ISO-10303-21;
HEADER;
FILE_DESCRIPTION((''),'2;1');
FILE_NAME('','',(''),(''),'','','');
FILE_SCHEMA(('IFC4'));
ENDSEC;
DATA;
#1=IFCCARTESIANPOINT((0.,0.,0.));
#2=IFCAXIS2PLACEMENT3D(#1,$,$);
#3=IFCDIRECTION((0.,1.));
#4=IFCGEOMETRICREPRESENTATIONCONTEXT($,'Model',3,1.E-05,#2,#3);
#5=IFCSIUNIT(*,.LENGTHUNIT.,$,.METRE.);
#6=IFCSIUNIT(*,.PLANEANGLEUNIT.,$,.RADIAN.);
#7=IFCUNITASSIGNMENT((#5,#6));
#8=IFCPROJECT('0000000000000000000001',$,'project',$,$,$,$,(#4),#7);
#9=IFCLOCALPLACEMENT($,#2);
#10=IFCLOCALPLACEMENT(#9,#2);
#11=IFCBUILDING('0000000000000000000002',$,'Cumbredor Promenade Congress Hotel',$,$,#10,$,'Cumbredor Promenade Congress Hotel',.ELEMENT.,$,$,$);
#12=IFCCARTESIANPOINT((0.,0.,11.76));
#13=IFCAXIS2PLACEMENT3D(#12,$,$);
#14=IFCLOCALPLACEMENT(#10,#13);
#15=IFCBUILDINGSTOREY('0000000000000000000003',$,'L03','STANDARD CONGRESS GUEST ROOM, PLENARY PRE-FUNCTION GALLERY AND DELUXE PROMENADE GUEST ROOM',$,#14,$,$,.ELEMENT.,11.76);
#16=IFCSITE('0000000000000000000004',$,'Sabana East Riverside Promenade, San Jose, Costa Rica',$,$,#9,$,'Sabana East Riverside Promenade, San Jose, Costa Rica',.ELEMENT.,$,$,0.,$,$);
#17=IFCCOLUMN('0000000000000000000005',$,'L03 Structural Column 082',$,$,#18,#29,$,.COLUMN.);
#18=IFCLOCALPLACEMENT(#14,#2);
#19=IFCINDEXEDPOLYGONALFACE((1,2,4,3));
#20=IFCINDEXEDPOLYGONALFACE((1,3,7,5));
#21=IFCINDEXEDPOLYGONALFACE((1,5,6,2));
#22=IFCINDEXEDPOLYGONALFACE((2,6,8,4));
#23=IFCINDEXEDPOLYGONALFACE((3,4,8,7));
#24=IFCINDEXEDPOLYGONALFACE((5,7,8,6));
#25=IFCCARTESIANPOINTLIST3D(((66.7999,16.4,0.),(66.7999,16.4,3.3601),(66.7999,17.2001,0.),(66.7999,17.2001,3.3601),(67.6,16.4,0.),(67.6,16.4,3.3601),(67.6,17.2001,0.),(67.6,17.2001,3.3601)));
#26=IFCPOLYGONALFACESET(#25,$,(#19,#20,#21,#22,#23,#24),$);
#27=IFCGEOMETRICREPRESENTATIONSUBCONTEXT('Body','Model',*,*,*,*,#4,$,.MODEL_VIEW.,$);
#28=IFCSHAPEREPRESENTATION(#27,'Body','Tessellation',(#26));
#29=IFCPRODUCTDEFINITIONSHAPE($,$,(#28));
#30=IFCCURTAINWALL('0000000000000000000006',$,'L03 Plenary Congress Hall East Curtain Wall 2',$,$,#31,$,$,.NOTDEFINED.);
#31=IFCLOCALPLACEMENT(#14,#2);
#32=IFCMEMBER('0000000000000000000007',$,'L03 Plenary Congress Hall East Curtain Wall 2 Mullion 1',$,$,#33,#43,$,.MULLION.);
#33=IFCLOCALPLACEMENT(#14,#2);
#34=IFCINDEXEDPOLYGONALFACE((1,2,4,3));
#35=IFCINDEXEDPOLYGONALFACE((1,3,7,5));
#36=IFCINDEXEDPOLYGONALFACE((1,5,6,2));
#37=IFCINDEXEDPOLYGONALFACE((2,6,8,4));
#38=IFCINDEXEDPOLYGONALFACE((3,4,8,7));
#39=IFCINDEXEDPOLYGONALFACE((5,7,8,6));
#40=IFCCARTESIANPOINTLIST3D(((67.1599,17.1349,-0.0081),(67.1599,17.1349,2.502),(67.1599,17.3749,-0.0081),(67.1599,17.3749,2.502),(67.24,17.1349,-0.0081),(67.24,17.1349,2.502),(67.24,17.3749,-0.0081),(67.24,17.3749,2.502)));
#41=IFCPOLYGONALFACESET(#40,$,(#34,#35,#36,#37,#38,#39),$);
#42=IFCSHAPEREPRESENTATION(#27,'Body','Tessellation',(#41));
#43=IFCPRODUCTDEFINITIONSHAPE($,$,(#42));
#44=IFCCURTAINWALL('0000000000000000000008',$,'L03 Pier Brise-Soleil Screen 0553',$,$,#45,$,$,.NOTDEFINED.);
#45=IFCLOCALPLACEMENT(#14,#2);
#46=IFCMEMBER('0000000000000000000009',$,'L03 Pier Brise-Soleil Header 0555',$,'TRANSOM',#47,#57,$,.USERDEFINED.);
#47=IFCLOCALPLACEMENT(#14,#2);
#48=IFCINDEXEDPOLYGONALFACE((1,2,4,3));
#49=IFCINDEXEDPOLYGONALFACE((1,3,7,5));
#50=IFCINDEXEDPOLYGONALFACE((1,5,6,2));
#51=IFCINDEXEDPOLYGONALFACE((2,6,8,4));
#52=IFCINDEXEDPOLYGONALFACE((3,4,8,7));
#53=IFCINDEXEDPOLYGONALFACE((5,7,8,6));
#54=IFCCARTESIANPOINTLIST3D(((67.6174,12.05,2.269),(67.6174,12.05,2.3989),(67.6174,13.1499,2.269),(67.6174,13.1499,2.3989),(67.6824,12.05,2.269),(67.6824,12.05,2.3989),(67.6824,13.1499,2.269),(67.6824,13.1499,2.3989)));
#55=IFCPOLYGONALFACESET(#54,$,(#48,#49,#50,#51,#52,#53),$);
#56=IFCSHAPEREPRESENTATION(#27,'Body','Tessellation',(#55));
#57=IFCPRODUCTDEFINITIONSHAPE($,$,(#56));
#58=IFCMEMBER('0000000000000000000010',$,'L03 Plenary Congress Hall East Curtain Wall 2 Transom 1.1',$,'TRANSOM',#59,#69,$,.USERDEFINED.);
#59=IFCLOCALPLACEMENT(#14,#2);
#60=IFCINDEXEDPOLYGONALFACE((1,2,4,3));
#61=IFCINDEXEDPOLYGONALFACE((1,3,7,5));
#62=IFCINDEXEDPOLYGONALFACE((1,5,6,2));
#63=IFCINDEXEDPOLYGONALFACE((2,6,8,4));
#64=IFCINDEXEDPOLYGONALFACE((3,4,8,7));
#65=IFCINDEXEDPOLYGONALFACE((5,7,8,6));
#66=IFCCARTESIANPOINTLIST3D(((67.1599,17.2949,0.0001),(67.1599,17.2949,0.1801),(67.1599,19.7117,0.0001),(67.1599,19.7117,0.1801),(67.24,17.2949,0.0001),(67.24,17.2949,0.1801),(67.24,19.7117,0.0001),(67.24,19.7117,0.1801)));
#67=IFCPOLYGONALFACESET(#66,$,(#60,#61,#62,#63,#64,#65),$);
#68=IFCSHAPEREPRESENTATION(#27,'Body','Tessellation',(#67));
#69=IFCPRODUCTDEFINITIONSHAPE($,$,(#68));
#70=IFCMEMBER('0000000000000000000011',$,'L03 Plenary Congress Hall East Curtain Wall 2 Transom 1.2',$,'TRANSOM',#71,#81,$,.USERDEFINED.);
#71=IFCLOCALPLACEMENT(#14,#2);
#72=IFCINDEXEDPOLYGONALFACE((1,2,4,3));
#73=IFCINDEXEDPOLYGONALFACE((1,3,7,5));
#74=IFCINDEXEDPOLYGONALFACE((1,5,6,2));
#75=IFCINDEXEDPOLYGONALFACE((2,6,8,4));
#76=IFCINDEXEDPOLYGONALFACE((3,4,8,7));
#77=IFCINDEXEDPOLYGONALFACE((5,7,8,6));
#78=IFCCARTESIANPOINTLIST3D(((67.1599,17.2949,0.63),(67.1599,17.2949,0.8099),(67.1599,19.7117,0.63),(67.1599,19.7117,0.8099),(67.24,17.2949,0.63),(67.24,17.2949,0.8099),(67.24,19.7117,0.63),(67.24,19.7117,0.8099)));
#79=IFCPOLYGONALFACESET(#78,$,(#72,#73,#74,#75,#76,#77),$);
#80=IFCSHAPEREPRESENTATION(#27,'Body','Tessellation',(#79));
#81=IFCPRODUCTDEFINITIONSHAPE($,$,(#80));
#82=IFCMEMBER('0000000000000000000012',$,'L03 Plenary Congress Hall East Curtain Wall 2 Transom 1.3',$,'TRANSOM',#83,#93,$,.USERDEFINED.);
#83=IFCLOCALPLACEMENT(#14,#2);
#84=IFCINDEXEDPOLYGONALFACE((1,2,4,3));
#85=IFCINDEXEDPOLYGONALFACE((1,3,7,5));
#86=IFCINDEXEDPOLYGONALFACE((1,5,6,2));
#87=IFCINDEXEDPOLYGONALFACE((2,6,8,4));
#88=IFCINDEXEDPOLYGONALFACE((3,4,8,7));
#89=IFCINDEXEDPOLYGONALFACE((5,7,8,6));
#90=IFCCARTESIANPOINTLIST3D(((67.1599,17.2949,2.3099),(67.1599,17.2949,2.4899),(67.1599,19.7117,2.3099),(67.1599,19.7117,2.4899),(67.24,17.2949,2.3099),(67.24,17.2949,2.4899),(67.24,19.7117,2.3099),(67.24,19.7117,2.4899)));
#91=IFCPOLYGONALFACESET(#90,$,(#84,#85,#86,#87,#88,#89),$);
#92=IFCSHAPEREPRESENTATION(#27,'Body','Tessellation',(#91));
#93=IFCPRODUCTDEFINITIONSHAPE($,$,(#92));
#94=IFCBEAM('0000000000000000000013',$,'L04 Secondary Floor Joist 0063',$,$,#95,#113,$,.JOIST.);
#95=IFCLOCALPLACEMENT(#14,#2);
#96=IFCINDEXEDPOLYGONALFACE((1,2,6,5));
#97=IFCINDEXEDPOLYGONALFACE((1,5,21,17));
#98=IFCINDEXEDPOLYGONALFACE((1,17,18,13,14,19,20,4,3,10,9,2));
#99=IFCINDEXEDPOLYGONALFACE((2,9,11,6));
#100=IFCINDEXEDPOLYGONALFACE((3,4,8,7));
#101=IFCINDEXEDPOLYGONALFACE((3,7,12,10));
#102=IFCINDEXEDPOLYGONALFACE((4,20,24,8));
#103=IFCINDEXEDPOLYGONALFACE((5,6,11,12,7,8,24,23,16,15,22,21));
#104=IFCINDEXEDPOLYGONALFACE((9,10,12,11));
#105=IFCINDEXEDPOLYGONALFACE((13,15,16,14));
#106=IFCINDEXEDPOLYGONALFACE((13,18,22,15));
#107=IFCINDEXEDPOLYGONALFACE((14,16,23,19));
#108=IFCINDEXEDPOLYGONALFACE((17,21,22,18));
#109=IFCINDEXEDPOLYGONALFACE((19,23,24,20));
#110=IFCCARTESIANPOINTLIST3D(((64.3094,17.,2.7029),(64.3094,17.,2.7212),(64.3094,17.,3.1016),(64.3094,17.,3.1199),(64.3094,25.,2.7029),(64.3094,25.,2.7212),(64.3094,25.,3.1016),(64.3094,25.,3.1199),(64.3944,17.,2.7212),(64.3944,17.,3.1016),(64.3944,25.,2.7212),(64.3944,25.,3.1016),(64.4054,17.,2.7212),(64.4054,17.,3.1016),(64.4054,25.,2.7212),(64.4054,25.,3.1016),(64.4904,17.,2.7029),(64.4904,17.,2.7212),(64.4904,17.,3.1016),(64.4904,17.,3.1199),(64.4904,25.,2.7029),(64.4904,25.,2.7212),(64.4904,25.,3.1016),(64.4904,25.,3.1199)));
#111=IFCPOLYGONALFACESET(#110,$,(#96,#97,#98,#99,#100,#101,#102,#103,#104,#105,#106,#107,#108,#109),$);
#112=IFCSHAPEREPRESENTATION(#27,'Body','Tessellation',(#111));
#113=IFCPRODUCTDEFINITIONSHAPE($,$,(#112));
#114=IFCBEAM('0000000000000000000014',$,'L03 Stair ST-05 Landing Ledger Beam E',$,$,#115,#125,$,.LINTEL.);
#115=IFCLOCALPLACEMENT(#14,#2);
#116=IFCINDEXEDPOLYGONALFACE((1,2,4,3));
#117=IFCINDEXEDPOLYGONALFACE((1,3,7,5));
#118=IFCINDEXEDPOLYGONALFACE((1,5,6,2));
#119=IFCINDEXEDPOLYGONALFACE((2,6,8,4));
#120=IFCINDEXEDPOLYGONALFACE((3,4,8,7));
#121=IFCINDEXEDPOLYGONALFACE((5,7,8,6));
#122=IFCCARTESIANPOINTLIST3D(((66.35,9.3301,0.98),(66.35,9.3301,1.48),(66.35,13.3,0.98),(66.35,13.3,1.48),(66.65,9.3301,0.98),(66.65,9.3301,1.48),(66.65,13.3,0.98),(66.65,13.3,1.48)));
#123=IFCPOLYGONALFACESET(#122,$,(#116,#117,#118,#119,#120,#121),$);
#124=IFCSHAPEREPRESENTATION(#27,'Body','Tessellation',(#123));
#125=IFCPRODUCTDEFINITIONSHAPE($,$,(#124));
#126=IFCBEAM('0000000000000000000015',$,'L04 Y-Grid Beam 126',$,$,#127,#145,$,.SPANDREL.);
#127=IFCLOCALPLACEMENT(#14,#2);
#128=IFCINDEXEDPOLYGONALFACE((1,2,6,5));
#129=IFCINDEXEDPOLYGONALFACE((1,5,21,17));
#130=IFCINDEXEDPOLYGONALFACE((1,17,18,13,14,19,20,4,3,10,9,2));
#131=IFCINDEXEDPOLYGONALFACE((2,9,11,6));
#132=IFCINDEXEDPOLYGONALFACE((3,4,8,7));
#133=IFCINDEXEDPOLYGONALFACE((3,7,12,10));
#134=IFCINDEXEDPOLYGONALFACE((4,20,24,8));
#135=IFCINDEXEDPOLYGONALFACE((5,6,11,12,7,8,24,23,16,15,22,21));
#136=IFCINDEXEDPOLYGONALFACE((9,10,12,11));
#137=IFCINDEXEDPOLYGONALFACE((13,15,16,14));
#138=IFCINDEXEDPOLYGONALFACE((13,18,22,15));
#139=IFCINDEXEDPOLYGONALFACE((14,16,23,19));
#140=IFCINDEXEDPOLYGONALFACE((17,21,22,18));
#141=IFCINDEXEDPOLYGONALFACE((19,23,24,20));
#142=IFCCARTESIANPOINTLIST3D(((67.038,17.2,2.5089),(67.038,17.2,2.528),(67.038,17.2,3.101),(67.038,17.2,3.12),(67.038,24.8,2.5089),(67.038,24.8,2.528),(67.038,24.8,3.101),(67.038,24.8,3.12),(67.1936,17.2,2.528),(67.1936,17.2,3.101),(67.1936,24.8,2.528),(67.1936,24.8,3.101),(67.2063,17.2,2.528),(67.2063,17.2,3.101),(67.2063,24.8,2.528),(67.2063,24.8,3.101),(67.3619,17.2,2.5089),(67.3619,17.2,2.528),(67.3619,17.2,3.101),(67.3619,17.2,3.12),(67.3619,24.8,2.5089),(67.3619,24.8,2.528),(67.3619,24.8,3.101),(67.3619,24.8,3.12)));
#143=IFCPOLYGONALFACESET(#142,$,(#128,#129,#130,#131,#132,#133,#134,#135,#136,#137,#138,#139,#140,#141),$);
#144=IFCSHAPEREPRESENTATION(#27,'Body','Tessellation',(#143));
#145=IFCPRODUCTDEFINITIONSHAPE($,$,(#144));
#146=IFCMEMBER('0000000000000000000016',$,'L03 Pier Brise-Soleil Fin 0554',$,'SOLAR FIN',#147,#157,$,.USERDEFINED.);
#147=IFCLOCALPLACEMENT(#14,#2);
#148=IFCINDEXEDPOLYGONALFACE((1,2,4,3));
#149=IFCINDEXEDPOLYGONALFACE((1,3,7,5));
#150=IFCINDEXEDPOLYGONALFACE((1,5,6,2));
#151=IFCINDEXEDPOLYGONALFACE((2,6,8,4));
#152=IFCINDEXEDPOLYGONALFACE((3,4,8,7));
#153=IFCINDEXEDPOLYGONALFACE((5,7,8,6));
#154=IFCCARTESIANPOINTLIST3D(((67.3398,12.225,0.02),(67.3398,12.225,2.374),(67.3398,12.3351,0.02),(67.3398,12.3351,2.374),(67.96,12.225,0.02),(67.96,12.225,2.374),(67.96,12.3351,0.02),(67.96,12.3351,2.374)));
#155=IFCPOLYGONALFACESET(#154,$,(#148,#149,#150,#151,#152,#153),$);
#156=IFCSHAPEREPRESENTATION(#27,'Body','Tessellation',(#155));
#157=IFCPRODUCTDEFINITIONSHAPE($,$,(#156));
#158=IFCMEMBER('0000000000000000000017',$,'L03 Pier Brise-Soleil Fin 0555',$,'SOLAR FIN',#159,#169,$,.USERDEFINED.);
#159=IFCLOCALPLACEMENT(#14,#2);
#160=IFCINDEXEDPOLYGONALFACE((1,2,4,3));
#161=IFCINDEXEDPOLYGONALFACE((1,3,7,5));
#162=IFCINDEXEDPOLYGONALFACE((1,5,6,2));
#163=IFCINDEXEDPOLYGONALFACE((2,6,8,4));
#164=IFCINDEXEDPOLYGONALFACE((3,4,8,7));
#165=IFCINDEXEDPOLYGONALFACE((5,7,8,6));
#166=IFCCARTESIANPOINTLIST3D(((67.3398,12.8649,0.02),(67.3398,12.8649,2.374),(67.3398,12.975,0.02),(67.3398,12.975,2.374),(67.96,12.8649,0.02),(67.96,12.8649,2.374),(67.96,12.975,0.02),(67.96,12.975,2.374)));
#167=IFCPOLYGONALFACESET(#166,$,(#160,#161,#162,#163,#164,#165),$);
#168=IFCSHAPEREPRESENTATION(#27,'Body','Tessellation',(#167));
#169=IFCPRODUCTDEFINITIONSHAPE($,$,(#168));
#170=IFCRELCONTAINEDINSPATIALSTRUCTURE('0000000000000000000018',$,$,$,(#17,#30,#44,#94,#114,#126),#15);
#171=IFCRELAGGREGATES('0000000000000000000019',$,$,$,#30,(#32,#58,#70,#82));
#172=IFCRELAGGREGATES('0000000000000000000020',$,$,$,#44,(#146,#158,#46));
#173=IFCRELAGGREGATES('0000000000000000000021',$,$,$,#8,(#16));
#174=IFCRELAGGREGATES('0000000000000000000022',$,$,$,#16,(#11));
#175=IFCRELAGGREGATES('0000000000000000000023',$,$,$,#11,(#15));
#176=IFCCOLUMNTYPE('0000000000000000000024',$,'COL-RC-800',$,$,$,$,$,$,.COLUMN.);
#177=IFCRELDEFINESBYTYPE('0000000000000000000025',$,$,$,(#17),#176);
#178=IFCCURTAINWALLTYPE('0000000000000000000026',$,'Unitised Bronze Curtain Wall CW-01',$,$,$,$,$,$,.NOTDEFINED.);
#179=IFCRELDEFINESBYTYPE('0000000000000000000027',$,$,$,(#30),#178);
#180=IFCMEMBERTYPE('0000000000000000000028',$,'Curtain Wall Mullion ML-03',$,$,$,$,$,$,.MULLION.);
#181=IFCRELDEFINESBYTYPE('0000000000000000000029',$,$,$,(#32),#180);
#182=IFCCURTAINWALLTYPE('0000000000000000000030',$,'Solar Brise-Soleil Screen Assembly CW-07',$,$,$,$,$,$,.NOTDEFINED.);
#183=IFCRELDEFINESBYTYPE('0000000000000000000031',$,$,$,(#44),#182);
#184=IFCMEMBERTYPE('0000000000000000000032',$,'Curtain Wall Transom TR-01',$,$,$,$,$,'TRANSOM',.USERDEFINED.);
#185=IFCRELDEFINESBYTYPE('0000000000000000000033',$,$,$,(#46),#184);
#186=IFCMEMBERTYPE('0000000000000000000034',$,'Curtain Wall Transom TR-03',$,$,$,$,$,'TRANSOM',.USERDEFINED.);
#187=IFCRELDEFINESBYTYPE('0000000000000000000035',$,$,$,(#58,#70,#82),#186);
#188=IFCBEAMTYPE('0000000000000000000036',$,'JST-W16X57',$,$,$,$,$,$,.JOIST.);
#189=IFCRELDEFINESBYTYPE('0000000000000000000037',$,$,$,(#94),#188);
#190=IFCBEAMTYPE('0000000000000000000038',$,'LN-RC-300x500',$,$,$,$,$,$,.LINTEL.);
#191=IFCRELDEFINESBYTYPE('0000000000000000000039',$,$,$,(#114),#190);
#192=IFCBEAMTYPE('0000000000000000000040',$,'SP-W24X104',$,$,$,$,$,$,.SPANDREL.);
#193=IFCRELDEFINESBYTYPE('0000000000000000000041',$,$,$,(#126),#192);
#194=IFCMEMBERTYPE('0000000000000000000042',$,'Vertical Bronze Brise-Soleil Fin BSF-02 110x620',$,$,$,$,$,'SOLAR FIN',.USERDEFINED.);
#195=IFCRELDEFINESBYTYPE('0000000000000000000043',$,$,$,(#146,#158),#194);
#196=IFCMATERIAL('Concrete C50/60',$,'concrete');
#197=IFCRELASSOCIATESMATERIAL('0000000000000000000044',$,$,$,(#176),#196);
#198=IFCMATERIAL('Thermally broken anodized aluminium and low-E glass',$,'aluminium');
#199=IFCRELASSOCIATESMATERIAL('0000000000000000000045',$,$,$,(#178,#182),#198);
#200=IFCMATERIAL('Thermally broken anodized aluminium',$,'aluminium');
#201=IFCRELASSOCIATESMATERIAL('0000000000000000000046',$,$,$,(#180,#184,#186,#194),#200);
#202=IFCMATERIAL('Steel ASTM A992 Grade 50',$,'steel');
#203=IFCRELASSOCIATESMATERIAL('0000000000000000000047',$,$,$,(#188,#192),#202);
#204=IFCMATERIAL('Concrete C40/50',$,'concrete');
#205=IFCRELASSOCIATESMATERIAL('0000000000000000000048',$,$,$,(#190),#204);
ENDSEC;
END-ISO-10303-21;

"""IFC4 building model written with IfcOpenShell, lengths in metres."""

from ifc_helpers import new_model, si_unit, direction, frame, origin, origin_2d, place, context, subcontext, project, spatial, rectangle, i_section, extrude, material, material_profile, profile_set, type_object, element, aggregate, save


model = new_model("IFC4")

# Units and contexts
model_context = context("Model", 3, precision=1e-05, world=origin(), true_north=direction((0.0, 1.0)))
body_context = subcontext(model_context, "Body", "Model", "MODEL_VIEW")
ifc_project = project(units=[si_unit("LENGTHUNIT", "METRE"), si_unit("PLANEANGLEUNIT", "RADIAN")], contexts=[model_context])

# Site, building, storey
site_placement = place(None, origin())
site = spatial("IfcSite", under=ifc_project, at=site_placement, Name="Sabana East Riverside Promenade, San Jose, Costa Rica", LongName="Sabana East Riverside Promenade, San Jose, Costa Rica", CompositionType="ELEMENT", RefElevation=0.0)
building_placement = place(site_placement, origin())
building = spatial("IfcBuilding", under=site, at=building_placement, Name="Cumbredor Promenade Congress Hotel", LongName="Cumbredor Promenade Congress Hotel", CompositionType="ELEMENT")
storey_placement = place(building_placement, frame((0.0, 0.0, 11.76)))
storey = spatial("IfcBuildingStorey", under=building, at=storey_placement, Name="L03", Description="STANDARD CONGRESS GUEST ROOM, PLENARY PRE-FUNCTION GALLERY AND DELUXE PROMENADE GUEST ROOM", CompositionType="ELEMENT", Elevation=11.76)

# Column
ifc_material_1 = material(Name="Concrete C50/60", Category="concrete")
ifc_material_profile_1 = material_profile(ifc_material_1, rectangle(XDim=0.8, YDim=0.8, at=origin_2d()), Name="RC 800x800")
ifc_profile_set_1 = profile_set([ifc_material_profile_1], Name="Concrete C50/60")
column_type = type_object("IfcColumnType", Name="COL-RC-800", PredefinedType="COLUMN", material=ifc_profile_set_1)
column_placement = place(storey_placement, frame((67.2, 16.8, 0.0), z_axis=(0.0, 0.0, 1.0), x_axis=(1.0, 0.0, 0.0)))
element("IfcColumn", 1, at=column_placement, inside=storey, type_object=column_type, Name="L03 Structural Column 082", PredefinedType="COLUMN", context=body_context, shape_type="SweptSolid", body=[
    extrude(rectangle(XDim=0.8, YDim=0.8, at=origin_2d()), origin(), (0.0, 0.0, 1.0), 3.3601),
])

# Curtain walls, members
ifc_material_2 = material(Name="Thermally broken anodized aluminium and low-E glass", Category="aluminium")
curtain_wall_type_1 = type_object("IfcCurtainWallType", Name="Unitised Bronze Curtain Wall CW-01", PredefinedType="NOTDEFINED", material=ifc_material_2)
curtain_wall_1_placement = place(storey_placement, origin())
curtain_wall_1 = element("IfcCurtainWall", 2, at=curtain_wall_1_placement, inside=storey, type_object=curtain_wall_type_1, Name="L03 Plenary Congress Hall East Curtain Wall 2", PredefinedType="NOTDEFINED")
ifc_material_3 = material(Name="Thermally broken anodized aluminium", Category="aluminium")
ifc_material_profile_2 = material_profile(ifc_material_3, rectangle(XDim=0.0801, YDim=0.24, at=origin_2d()), Name="ALU MULLION 80x240")
ifc_profile_set_2 = profile_set([ifc_material_profile_2], Name="Thermally broken anodized aluminium")
member_type_1 = type_object("IfcMemberType", Name="Curtain Wall Mullion ML-03", PredefinedType="MULLION", material=ifc_profile_set_2)
member_1_placement = place(storey_placement, frame((67.2, 17.2549, -0.0081), z_axis=(0.0, 0.0, 1.0), x_axis=(1.0, 0.0, 0.0)))
member_1 = element("IfcMember", 3, at=member_1_placement, type_object=member_type_1, Name="L03 Plenary Congress Hall East Curtain Wall 2 Mullion 1", PredefinedType="MULLION", context=body_context, shape_type="SweptSolid", body=[
    extrude(rectangle(XDim=0.0801, YDim=0.24, at=origin_2d()), origin(), (0.0, 0.0, 1.0), 2.51),
])
curtain_wall_type_2 = type_object("IfcCurtainWallType", Name="Solar Brise-Soleil Screen Assembly CW-07", PredefinedType="NOTDEFINED", material=ifc_material_2)
curtain_wall_2_placement = place(storey_placement, origin())
curtain_wall_2 = element("IfcCurtainWall", 4, at=curtain_wall_2_placement, inside=storey, type_object=curtain_wall_type_2, Name="L03 Pier Brise-Soleil Screen 0553", PredefinedType="NOTDEFINED")
ifc_material_profile_3 = material_profile(ifc_material_3, rectangle(XDim=0.0649, YDim=0.1299, at=origin_2d()), Name="ALU TRANSOM 65x130")
ifc_profile_set_3 = profile_set([ifc_material_profile_3], Name="Thermally broken anodized aluminium")
member_type_2 = type_object("IfcMemberType", Name="Curtain Wall Transom TR-01", ElementType="TRANSOM", PredefinedType="USERDEFINED", material=ifc_profile_set_3)
member_2_placement = place(storey_placement, frame((67.6499, 12.05, 2.334), z_axis=(0.0, 1.0, 0.0), x_axis=(-1.0, 0.0, 0.0)))
member_2 = element("IfcMember", 5, at=member_2_placement, type_object=member_type_2, Name="L03 Pier Brise-Soleil Header 0555", ObjectType="TRANSOM", PredefinedType="USERDEFINED", context=body_context, shape_type="SweptSolid", body=[
    extrude(rectangle(XDim=0.0649, YDim=0.1299, at=origin_2d()), origin(), (0.0, 0.0, 1.0), 1.0999),
])

# Members
ifc_material_profile_4 = material_profile(ifc_material_3, rectangle(XDim=0.0801, YDim=0.1799, at=origin_2d()), Name="ALU TRANSOM 80x180")
ifc_profile_set_4 = profile_set([ifc_material_profile_4], Name="Thermally broken anodized aluminium")
member_type_3 = type_object("IfcMemberType", Name="Curtain Wall Transom TR-03", ElementType="TRANSOM", PredefinedType="USERDEFINED", material=ifc_profile_set_4)
member_3_placement = place(storey_placement, frame((67.2, 17.2949, 0.0901), z_axis=(0.0, 1.0, 0.0), x_axis=(-1.0, 0.0, 0.0)))
member_3 = element("IfcMember", 6, at=member_3_placement, type_object=member_type_3, Name="L03 Plenary Congress Hall East Curtain Wall 2 Transom 1.1", ObjectType="TRANSOM", PredefinedType="USERDEFINED", context=body_context, shape_type="SweptSolid", body=[
    extrude(rectangle(XDim=0.0801, YDim=0.1799, at=origin_2d()), origin(), (0.0, 0.0, 1.0), 2.4167),
])
member_4_placement = place(storey_placement, frame((67.2, 17.2949, 0.72), z_axis=(0.0, 1.0, 0.0), x_axis=(-1.0, 0.0, 0.0)))
member_4 = element("IfcMember", 7, at=member_4_placement, type_object=member_type_3, Name="L03 Plenary Congress Hall East Curtain Wall 2 Transom 1.2", ObjectType="TRANSOM", PredefinedType="USERDEFINED", context=body_context, shape_type="SweptSolid", body=[
    extrude(rectangle(XDim=0.0801, YDim=0.1799, at=origin_2d()), origin(), (0.0, 0.0, 1.0), 2.4167),
])
member_5_placement = place(storey_placement, frame((67.2, 17.2949, 2.3999), z_axis=(0.0, 1.0, 0.0), x_axis=(-1.0, 0.0, 0.0)))
member_5 = element("IfcMember", 8, at=member_5_placement, type_object=member_type_3, Name="L03 Plenary Congress Hall East Curtain Wall 2 Transom 1.3", ObjectType="TRANSOM", PredefinedType="USERDEFINED", context=body_context, shape_type="SweptSolid", body=[
    extrude(rectangle(XDim=0.0801, YDim=0.1799, at=origin_2d()), origin(), (0.0, 0.0, 1.0), 2.4167),
])
aggregate(curtain_wall_1, [member_1, member_3, member_4, member_5])

# Beams
ifc_material_4 = material(Name="Steel ASTM A992 Grade 50", Category="steel")
ifc_material_profile_5 = material_profile(ifc_material_4, i_section(OverallWidth=0.1809, OverallDepth=0.417, WebThickness=0.011, FlangeThickness=0.0183, at=origin_2d()), Name="W16X57")
ifc_profile_set_5 = profile_set([ifc_material_profile_5], Name="Steel ASTM A992 Grade 50")
beam_type_1 = type_object("IfcBeamType", Name="JST-W16X57", PredefinedType="JOIST", material=ifc_profile_set_5)
beam_1_placement = place(storey_placement, frame((64.3999, 17.0, 2.9114), z_axis=(0.0, 1.0, 0.0), x_axis=(-1.0, 0.0, 0.0)))
element("IfcBeam", 9, at=beam_1_placement, inside=storey, type_object=beam_type_1, Name="L04 Secondary Floor Joist 0063", PredefinedType="JOIST", context=body_context, shape_type="SweptSolid", body=[
    extrude(i_section(OverallWidth=0.1809, OverallDepth=0.417, WebThickness=0.011, FlangeThickness=0.0183, at=origin_2d()), origin(), (0.0, 0.0, 1.0), 8.0),
])
ifc_material_5 = material(Name="Concrete C40/50", Category="concrete")
ifc_material_profile_6 = material_profile(ifc_material_5, rectangle(XDim=0.3, YDim=0.5, at=origin_2d()), Name="RC LINTEL 300x500")
ifc_profile_set_6 = profile_set([ifc_material_profile_6], Name="Concrete C40/50")
beam_type_2 = type_object("IfcBeamType", Name="LN-RC-300x500", PredefinedType="LINTEL", material=ifc_profile_set_6)
beam_2_placement = place(storey_placement, frame((66.5, 9.3301, 1.23), z_axis=(0.0, 1.0, 0.0), x_axis=(-1.0, 0.0, 0.0)))
element("IfcBeam", 10, at=beam_2_placement, inside=storey, type_object=beam_type_2, Name="L03 Stair ST-05 Landing Ledger Beam E", PredefinedType="LINTEL", context=body_context, shape_type="SweptSolid", body=[
    extrude(rectangle(XDim=0.3, YDim=0.5, at=origin_2d()), origin(), (0.0, 0.0, 1.0), 3.97),
])
ifc_material_profile_7 = material_profile(ifc_material_4, i_section(OverallWidth=0.324, OverallDepth=0.6111, WebThickness=0.0127, FlangeThickness=0.019, at=origin_2d()), Name="W24X104")
ifc_profile_set_7 = profile_set([ifc_material_profile_7], Name="Steel ASTM A992 Grade 50")
beam_type_3 = type_object("IfcBeamType", Name="SP-W24X104", PredefinedType="SPANDREL", material=ifc_profile_set_7)
beam_3_placement = place(storey_placement, frame((67.2, 17.2, 2.8145), z_axis=(0.0, 1.0, 0.0), x_axis=(-1.0, 0.0, 0.0)))
element("IfcBeam", 11, at=beam_3_placement, inside=storey, type_object=beam_type_3, Name="L04 Y-Grid Beam 126", PredefinedType="SPANDREL", context=body_context, shape_type="SweptSolid", body=[
    extrude(i_section(OverallWidth=0.324, OverallDepth=0.6111, WebThickness=0.0127, FlangeThickness=0.019, at=origin_2d()), origin(), (0.0, 0.0, 1.0), 7.6001),
])

# Members
ifc_material_profile_8 = material_profile(ifc_material_3, rectangle(XDim=0.1101, YDim=0.6201, at=origin_2d()), Name="ARCH FIN 110x620")
ifc_profile_set_8 = profile_set([ifc_material_profile_8], Name="Thermally broken anodized aluminium")
member_type_4 = type_object("IfcMemberType", Name="Vertical Bronze Brise-Soleil Fin BSF-02 110x620", ElementType="SOLAR FIN", PredefinedType="USERDEFINED", material=ifc_profile_set_8)
member_6_placement = place(storey_placement, frame((67.6499, 12.28, 0.02), z_axis=(0.0, 0.0, 1.0), x_axis=(0.0, 1.0, 0.0)))
member_6 = element("IfcMember", 12, at=member_6_placement, type_object=member_type_4, Name="L03 Pier Brise-Soleil Fin 0554", ObjectType="SOLAR FIN", PredefinedType="USERDEFINED", context=body_context, shape_type="SweptSolid", body=[
    extrude(rectangle(XDim=0.1101, YDim=0.6201, at=origin_2d()), origin(), (0.0, 0.0, 1.0), 2.354),
])
member_7_placement = place(storey_placement, frame((67.6499, 12.9199, 0.02), z_axis=(0.0, 0.0, 1.0), x_axis=(0.0, 1.0, 0.0)))
member_7 = element("IfcMember", 13, at=member_7_placement, type_object=member_type_4, Name="L03 Pier Brise-Soleil Fin 0555", ObjectType="SOLAR FIN", PredefinedType="USERDEFINED", context=body_context, shape_type="SweptSolid", body=[
    extrude(rectangle(XDim=0.1101, YDim=0.6201, at=origin_2d()), origin(), (0.0, 0.0, 1.0), 2.354),
])
aggregate(curtain_wall_2, [member_6, member_7, member_2])

save(model, "model.ifc")
